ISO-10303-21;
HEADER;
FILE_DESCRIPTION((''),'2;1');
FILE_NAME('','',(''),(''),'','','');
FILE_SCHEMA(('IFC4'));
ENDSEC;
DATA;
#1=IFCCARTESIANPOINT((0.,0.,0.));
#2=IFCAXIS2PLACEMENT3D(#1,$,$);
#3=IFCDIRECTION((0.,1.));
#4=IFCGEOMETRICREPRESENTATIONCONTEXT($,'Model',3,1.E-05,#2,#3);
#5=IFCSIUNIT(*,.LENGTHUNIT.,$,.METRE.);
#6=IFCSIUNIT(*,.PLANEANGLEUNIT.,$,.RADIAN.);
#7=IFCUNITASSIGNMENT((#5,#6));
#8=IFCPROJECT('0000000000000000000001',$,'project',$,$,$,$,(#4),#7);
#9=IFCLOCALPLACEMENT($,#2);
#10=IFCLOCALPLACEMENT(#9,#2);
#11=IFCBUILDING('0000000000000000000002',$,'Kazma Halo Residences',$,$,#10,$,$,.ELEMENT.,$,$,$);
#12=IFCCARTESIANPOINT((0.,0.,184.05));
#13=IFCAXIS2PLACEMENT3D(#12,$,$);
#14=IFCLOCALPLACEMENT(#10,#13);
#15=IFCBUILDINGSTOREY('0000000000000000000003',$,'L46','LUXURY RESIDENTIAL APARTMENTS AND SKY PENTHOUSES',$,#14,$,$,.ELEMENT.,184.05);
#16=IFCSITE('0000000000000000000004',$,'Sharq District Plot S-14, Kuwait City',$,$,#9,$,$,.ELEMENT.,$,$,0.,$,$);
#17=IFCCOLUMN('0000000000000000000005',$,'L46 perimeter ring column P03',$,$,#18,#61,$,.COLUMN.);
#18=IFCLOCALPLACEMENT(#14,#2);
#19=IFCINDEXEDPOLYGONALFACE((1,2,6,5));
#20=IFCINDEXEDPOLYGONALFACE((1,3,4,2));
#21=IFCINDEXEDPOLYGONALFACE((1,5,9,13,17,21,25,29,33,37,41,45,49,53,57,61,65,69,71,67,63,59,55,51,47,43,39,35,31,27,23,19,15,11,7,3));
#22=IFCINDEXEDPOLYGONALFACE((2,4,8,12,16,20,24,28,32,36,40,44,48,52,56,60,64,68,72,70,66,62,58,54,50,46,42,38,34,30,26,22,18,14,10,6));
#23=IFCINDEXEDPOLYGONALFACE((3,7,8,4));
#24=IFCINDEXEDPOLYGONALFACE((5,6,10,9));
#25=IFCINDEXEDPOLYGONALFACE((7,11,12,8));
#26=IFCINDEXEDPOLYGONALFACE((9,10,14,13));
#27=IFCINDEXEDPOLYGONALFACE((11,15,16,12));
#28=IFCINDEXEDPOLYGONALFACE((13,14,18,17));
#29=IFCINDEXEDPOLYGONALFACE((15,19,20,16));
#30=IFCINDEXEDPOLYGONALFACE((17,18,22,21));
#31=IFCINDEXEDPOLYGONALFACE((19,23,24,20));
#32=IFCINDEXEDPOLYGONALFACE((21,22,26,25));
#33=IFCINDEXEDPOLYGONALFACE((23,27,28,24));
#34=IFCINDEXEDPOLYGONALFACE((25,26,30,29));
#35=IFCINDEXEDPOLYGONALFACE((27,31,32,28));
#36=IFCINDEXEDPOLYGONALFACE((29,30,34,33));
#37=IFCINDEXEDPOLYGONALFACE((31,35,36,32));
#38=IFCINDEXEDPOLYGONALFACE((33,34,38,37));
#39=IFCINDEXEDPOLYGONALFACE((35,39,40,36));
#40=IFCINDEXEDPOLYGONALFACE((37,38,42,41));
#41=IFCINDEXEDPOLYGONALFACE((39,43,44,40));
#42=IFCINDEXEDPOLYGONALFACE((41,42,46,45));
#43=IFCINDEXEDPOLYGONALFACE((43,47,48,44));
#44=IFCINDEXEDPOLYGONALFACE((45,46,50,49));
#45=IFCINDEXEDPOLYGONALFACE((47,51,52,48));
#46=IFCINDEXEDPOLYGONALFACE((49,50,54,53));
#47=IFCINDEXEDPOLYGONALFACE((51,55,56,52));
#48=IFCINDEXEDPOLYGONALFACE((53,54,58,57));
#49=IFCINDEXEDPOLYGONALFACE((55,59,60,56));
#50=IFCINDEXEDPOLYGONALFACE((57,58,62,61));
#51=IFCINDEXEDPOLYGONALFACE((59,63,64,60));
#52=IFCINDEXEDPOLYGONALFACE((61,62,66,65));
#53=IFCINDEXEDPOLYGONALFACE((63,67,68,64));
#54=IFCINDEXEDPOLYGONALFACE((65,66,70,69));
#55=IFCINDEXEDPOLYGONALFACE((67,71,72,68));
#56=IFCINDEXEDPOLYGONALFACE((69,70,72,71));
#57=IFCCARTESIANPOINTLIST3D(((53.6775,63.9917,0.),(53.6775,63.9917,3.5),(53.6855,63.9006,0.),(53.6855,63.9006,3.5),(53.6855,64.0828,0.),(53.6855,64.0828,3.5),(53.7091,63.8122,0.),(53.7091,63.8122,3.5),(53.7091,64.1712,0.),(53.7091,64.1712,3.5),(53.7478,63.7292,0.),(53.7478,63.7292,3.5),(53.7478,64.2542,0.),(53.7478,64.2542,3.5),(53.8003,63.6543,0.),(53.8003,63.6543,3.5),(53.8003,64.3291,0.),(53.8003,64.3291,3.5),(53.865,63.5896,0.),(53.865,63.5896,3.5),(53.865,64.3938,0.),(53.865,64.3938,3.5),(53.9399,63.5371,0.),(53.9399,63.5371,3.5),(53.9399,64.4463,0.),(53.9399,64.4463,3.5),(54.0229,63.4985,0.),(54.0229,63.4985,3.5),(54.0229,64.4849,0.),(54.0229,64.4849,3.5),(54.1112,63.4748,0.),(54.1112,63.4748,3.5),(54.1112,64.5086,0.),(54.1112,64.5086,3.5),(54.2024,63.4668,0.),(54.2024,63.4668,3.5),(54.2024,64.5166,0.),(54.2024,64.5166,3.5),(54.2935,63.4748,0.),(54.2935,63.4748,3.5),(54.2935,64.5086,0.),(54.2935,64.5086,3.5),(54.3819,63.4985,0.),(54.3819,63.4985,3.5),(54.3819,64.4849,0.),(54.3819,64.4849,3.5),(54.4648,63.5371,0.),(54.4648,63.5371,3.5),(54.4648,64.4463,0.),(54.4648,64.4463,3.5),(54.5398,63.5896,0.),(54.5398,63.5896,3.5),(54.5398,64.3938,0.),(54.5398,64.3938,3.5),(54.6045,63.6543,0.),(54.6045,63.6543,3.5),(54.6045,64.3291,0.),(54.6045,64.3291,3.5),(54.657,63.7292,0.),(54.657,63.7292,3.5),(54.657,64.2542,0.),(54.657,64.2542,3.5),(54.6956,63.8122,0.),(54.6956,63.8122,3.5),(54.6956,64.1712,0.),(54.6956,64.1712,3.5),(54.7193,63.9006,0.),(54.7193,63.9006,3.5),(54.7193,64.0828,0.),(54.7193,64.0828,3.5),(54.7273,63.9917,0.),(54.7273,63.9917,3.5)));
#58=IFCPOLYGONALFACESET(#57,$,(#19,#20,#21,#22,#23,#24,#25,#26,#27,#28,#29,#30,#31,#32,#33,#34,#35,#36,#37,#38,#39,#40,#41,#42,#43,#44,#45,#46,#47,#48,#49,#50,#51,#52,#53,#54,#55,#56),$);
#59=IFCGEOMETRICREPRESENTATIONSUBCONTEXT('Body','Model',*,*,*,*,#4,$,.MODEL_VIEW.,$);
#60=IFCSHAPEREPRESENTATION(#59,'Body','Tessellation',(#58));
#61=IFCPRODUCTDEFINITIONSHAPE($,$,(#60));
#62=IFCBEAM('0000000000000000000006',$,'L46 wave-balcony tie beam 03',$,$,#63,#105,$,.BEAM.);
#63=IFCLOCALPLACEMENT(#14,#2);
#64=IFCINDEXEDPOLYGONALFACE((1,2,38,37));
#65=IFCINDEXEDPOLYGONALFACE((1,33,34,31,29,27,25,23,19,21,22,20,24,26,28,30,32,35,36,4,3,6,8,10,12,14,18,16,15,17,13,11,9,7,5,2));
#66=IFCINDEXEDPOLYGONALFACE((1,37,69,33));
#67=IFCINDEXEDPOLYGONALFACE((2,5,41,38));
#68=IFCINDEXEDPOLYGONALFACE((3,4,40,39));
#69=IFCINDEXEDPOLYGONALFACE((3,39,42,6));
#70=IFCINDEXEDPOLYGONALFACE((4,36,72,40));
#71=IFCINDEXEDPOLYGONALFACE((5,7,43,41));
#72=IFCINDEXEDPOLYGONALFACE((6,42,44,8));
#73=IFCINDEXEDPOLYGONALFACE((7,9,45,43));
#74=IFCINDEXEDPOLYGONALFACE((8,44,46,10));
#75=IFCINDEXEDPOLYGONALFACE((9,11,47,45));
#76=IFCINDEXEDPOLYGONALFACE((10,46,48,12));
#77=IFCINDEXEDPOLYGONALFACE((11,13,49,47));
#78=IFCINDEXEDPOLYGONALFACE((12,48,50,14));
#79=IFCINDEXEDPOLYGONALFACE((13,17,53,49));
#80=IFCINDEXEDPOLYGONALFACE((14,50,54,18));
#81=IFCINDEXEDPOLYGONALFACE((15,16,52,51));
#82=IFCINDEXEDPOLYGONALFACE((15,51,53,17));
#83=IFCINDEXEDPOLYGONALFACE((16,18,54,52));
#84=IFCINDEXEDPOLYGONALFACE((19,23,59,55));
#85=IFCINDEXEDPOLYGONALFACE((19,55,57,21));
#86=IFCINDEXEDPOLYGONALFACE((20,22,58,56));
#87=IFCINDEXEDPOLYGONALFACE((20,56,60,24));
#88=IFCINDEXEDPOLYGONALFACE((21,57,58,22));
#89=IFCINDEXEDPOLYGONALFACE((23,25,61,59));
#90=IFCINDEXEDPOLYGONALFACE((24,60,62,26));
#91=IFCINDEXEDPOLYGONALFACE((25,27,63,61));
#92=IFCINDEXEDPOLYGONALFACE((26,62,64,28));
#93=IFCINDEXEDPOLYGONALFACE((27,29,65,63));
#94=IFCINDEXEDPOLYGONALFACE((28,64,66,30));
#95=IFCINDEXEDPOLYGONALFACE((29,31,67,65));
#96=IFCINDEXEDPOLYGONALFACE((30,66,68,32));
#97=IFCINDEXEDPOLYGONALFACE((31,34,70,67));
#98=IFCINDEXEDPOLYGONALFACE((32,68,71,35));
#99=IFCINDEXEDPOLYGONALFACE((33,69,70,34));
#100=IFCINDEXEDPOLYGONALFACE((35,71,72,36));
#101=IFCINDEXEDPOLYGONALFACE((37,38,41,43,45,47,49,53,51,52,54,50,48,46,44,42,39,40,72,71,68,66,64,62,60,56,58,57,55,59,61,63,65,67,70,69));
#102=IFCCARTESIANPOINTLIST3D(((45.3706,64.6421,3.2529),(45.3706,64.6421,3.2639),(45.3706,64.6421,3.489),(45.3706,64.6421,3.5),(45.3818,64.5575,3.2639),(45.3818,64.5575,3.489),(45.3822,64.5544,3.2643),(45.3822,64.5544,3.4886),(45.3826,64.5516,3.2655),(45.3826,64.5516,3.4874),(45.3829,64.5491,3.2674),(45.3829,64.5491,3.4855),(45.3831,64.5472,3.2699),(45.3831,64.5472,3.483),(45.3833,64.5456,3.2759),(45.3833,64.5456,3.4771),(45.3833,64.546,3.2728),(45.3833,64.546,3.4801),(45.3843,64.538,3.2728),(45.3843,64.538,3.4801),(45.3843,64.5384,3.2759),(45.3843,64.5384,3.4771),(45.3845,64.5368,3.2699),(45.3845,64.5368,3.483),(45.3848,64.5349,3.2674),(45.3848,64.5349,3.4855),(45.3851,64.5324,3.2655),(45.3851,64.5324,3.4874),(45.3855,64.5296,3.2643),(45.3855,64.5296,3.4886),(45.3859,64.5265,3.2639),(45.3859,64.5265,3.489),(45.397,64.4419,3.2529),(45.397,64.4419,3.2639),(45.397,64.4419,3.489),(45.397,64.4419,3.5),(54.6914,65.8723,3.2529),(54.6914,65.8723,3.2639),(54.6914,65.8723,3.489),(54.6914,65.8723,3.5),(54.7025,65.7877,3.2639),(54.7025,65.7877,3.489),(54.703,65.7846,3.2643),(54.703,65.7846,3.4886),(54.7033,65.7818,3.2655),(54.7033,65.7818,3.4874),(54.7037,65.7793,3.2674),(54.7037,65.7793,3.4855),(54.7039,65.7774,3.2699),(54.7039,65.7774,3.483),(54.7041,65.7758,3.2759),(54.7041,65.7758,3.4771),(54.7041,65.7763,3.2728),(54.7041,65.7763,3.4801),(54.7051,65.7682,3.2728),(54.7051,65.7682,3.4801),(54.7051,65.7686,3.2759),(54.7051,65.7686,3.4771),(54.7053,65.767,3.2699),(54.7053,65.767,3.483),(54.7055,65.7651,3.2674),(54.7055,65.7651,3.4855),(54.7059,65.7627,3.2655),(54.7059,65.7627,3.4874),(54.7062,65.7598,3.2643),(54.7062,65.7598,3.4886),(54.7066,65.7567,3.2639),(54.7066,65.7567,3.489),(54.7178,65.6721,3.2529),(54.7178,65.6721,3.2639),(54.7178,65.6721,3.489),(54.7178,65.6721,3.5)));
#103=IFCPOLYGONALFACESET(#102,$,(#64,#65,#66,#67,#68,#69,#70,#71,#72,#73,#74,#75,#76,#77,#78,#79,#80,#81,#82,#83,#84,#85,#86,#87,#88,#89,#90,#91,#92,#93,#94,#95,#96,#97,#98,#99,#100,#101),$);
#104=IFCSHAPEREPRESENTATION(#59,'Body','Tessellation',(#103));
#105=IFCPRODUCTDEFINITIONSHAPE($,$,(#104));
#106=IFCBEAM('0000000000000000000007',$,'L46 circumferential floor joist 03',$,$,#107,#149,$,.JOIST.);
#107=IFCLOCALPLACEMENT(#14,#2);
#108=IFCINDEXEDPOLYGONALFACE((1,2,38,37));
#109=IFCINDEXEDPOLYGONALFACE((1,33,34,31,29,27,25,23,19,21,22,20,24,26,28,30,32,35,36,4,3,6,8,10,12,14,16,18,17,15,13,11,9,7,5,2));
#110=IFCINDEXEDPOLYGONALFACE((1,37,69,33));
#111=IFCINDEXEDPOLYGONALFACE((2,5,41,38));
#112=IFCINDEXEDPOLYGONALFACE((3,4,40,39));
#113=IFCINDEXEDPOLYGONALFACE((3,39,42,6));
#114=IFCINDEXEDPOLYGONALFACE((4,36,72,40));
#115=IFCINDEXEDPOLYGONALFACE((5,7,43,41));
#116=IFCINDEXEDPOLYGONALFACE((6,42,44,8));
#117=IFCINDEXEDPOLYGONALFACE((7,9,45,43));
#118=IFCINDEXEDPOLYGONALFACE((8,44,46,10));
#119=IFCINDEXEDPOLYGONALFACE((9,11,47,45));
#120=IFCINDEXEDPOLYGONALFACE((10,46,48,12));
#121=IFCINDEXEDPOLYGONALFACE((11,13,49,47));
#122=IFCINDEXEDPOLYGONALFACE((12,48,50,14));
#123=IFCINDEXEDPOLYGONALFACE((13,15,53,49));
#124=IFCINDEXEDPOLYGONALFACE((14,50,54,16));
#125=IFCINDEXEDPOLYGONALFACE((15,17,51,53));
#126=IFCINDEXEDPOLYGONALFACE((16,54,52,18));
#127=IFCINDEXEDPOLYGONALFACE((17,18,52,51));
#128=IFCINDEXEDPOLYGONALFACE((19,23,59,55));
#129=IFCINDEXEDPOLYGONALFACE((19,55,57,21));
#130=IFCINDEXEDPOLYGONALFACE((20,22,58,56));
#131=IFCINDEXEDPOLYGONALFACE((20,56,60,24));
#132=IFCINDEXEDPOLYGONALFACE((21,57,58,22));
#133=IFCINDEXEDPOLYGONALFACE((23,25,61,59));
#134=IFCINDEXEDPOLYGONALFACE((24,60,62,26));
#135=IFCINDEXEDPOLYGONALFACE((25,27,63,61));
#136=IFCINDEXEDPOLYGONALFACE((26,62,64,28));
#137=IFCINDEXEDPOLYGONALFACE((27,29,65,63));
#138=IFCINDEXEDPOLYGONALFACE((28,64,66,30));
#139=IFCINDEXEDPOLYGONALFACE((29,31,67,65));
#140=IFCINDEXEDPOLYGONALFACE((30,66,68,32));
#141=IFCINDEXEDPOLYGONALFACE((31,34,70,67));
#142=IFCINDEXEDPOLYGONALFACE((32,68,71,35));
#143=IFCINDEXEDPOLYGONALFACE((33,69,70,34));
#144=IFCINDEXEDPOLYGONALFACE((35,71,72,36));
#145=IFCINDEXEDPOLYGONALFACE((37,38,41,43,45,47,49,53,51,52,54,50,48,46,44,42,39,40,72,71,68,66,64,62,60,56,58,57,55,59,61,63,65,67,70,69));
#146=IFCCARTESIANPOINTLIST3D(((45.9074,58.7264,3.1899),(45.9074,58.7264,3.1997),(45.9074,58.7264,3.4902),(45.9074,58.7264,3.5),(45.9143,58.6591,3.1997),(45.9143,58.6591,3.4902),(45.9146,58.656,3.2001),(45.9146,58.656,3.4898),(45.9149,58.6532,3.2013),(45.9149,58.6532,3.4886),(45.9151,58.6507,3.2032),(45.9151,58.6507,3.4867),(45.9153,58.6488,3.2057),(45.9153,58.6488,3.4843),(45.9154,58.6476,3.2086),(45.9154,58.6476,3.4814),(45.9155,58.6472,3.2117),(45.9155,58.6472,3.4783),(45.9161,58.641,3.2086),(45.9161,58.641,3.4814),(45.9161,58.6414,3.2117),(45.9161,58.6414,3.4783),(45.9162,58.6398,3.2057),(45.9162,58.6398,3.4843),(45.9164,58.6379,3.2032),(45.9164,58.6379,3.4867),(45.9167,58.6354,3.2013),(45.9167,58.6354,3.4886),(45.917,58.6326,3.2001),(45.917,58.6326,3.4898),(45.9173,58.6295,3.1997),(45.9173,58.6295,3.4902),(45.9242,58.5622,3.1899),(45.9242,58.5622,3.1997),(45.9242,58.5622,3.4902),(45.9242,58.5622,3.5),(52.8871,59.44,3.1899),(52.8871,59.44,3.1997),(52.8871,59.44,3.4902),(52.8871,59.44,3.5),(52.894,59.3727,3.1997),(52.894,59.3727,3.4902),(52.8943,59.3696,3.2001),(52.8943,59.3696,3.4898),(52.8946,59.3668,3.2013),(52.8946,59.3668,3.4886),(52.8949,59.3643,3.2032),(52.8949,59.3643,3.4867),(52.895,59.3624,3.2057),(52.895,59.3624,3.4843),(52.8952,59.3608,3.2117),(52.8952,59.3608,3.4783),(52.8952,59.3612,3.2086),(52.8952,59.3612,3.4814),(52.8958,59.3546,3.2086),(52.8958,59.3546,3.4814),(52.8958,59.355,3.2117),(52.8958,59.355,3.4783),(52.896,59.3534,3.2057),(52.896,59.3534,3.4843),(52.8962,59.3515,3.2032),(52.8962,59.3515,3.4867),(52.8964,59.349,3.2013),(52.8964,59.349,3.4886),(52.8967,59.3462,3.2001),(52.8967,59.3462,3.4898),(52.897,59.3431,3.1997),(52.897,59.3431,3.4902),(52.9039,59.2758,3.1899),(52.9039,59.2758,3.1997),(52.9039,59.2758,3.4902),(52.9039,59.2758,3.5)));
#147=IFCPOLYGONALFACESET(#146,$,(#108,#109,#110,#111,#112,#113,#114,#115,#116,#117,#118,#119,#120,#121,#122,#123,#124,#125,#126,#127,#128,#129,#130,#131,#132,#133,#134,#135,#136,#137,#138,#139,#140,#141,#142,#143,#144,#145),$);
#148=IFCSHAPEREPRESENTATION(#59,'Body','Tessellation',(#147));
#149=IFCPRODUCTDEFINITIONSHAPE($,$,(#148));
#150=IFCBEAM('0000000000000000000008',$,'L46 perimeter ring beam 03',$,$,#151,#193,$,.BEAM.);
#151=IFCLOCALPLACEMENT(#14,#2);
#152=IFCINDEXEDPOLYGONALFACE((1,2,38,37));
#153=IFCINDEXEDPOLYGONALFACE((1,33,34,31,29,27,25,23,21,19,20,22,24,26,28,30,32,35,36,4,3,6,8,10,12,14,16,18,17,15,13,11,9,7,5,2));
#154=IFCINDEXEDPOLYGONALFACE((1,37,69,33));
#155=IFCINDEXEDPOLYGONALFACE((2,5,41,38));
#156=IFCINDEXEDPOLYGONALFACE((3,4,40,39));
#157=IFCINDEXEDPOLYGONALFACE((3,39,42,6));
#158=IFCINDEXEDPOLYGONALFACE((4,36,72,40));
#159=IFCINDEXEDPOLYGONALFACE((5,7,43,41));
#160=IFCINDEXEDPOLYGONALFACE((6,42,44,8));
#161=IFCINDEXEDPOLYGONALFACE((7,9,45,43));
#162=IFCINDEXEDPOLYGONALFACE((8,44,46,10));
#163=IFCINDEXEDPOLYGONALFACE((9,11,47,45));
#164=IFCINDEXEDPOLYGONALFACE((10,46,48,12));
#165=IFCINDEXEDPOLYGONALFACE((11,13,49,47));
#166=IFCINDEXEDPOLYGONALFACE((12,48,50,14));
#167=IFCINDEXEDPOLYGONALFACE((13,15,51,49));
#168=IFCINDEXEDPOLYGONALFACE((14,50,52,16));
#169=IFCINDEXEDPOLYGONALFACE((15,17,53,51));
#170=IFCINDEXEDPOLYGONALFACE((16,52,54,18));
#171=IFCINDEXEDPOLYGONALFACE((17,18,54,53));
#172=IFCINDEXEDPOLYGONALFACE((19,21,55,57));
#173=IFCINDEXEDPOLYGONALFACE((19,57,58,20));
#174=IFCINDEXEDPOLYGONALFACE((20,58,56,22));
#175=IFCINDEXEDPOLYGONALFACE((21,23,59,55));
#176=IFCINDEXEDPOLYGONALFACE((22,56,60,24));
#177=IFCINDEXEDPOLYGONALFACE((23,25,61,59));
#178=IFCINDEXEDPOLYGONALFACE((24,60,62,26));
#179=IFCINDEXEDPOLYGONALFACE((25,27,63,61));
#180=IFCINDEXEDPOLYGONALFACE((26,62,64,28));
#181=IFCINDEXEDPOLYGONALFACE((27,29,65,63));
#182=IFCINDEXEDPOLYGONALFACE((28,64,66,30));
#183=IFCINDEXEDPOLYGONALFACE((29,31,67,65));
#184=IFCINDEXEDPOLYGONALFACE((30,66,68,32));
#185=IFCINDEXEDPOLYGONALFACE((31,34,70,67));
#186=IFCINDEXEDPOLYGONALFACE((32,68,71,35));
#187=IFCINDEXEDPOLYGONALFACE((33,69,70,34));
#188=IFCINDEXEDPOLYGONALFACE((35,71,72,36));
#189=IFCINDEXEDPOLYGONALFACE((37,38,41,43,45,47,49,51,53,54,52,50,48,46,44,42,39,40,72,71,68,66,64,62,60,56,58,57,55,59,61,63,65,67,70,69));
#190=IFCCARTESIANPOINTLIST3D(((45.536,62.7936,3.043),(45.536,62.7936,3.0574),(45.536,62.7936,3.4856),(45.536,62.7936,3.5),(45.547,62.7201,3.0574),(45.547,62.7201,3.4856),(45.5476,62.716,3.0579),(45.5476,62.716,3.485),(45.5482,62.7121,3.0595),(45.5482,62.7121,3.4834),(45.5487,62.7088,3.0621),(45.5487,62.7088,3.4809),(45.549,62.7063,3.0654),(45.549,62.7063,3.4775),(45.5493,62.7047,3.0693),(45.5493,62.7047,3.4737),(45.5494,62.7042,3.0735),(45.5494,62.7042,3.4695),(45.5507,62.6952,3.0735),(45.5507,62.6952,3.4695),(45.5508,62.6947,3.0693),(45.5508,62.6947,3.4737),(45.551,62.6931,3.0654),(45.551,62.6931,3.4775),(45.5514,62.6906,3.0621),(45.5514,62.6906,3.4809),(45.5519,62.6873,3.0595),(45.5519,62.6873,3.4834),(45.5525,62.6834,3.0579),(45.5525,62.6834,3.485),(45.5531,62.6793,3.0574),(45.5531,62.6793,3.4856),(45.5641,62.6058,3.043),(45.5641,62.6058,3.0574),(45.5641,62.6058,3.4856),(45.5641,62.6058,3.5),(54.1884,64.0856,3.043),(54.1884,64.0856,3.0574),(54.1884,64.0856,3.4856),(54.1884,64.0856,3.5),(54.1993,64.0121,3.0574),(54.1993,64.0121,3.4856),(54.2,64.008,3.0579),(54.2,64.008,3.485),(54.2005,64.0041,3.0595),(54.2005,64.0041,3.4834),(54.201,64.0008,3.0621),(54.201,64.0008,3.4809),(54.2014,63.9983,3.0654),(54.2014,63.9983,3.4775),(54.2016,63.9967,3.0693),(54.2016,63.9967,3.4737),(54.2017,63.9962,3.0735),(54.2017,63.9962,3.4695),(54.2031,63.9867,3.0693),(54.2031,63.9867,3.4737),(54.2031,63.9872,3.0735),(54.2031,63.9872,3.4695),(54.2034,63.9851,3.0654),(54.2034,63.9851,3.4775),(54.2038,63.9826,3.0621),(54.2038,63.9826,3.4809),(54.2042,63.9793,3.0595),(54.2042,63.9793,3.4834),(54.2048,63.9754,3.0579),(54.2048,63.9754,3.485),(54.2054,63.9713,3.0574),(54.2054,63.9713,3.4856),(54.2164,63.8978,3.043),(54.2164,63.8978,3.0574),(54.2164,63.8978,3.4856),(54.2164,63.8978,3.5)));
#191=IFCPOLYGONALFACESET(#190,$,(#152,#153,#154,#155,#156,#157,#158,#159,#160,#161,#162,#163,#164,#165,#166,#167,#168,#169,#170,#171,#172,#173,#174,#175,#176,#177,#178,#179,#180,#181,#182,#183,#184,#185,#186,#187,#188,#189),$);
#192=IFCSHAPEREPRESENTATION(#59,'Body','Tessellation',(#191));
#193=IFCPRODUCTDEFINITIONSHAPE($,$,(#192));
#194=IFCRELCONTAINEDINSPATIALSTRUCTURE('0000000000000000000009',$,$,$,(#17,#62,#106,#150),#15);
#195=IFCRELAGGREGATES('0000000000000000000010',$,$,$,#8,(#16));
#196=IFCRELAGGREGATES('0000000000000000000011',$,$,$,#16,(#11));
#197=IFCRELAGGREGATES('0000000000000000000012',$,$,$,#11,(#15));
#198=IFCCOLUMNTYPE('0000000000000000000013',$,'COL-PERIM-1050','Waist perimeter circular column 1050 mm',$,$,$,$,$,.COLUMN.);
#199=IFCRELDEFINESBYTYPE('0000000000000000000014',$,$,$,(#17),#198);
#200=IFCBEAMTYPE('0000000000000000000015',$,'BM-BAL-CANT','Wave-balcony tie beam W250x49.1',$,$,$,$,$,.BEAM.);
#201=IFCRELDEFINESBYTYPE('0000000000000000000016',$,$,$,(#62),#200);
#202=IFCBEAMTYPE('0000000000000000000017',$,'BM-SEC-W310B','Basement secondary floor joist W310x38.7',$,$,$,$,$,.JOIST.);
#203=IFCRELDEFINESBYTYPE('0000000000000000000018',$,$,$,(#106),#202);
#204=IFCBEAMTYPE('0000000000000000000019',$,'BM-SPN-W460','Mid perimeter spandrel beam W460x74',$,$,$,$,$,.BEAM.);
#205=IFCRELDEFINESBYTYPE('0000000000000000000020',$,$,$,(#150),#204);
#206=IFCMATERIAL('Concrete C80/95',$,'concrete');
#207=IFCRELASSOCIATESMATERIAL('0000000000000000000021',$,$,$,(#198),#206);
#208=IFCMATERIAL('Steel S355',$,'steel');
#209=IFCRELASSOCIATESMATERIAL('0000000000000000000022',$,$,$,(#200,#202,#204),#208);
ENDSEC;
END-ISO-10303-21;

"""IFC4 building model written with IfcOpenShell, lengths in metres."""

from ifc_helpers import new_model, si_unit, direction, frame, origin, origin_2d, place, context, subcontext, project, spatial, circle, i_section, extrude, material, material_profile, profile_set, type_object, element, save


model = new_model("IFC4")

# Units and contexts
model_context = context("Model", 3, precision=1e-05, world=origin(), true_north=direction((0.0, 1.0)))
body_context = subcontext(model_context, "Body", "Model", "MODEL_VIEW")
ifc_project = project(units=[si_unit("LENGTHUNIT", "METRE"), si_unit("PLANEANGLEUNIT", "RADIAN")], contexts=[model_context])

# Site, building, storey
site_placement = place(None, origin())
site = spatial("IfcSite", under=ifc_project, at=site_placement, Name="Sharq District Plot S-14, Kuwait City", CompositionType="ELEMENT", RefElevation=0.0)
building_placement = place(site_placement, origin())
building = spatial("IfcBuilding", under=site, at=building_placement, Name="Kazma Halo Residences", CompositionType="ELEMENT")
storey_placement = place(building_placement, frame((0.0, 0.0, 184.05)))
storey = spatial("IfcBuildingStorey", under=building, at=storey_placement, Name="L46", Description="LUXURY RESIDENTIAL APARTMENTS AND SKY PENTHOUSES", CompositionType="ELEMENT", Elevation=184.05)

# Column
ifc_material_1 = material(Name="Concrete C80/95", Category="concrete")
ifc_material_profile_1 = material_profile(ifc_material_1, circle(Radius=0.5249, at=origin_2d()), Name="CIRC1050")
ifc_profile_set_1 = profile_set([ifc_material_profile_1], Name="Concrete C80/95")
column_type = type_object("IfcColumnType", Name="COL-PERIM-1050", Description="Waist perimeter circular column 1050 mm", PredefinedType="COLUMN", material=ifc_profile_set_1)
column_placement = place(storey_placement, frame((54.2024, 63.9917, 0.0), z_axis=(0.0, 0.0, 1.0), x_axis=(1.0, 0.0, 0.0)))
element("IfcColumn", 1, at=column_placement, inside=storey, type_object=column_type, Name="L46 perimeter ring column P03", PredefinedType="COLUMN", context=body_context, shape_type="SweptSolid", body=[
    extrude(circle(Radius=0.5249, at=origin_2d()), origin(), (0.0, 0.0, 1.0), 3.5),
])

# Beams
ifc_material_2 = material(Name="Steel S355", Category="steel")
ifc_material_profile_2 = material_profile(ifc_material_2, i_section(OverallWidth=0.2019, OverallDepth=0.2471, WebThickness=0.0073, FlangeThickness=0.011, FilletRadius=0.012, at=origin_2d()), Name="W250x49.1")
ifc_profile_set_2 = profile_set([ifc_material_profile_2], Name="Steel S355")
beam_type_1 = type_object("IfcBeamType", Name="BM-BAL-CANT", Description="Wave-balcony tie beam W250x49.1", PredefinedType="BEAM", material=ifc_profile_set_2)
beam_1_placement = place(storey_placement, frame((54.7046, 65.7722, 3.3765), z_axis=(-0.991402, -0.130852, 0.0), x_axis=(0.130852, -0.991402, 0.0)))
element("IfcBeam", 2, at=beam_1_placement, inside=storey, type_object=beam_type_1, Name="L46 wave-balcony tie beam 03", PredefinedType="BEAM", context=body_context, shape_type="SweptSolid", body=[
    extrude(i_section(OverallWidth=0.2019, OverallDepth=0.2471, WebThickness=0.0073, FlangeThickness=0.011, FilletRadius=0.012, at=origin_2d()), origin(), (0.0, 0.0, 1.0), 9.4016),
])
ifc_material_profile_3 = material_profile(ifc_material_2, i_section(OverallWidth=0.165, OverallDepth=0.3101, WebThickness=0.0059, FlangeThickness=0.0098, FilletRadius=0.012, at=origin_2d()), Name="W310x38.7")
ifc_profile_set_3 = profile_set([ifc_material_profile_3], Name="Steel S355")
beam_type_2 = type_object("IfcBeamType", Name="BM-SEC-W310B", Description="Basement secondary floor joist W310x38.7", PredefinedType="JOIST", material=ifc_profile_set_3)
beam_2_placement = place(storey_placement, frame((52.8955, 59.3579, 3.345), z_axis=(-0.994814, -0.101712, 0.0), x_axis=(0.101712, -0.994814, 0.0)))
element("IfcBeam", 3, at=beam_2_placement, inside=storey, type_object=beam_type_2, Name="L46 circumferential floor joist 03", PredefinedType="JOIST", context=body_context, shape_type="SweptSolid", body=[
    extrude(i_section(OverallWidth=0.165, OverallDepth=0.3101, WebThickness=0.0059, FlangeThickness=0.0098, FilletRadius=0.012, at=origin_2d()), origin(), (0.0, 0.0, 1.0), 7.0161),
])
ifc_material_profile_4 = material_profile(ifc_material_2, i_section(OverallWidth=0.1899, OverallDepth=0.457, WebThickness=0.009, FlangeThickness=0.0144, FilletRadius=0.0161, at=origin_2d()), Name="W460x74")
ifc_profile_set_4 = profile_set([ifc_material_profile_4], Name="Steel S355")
beam_type_3 = type_object("IfcBeamType", Name="BM-SPN-W460", Description="Mid perimeter spandrel beam W460x74", PredefinedType="BEAM", material=ifc_profile_set_4)
beam_3_placement = place(storey_placement, frame((54.2024, 63.9917, 3.2715), z_axis=(-0.989034, -0.147685, 0.0), x_axis=(0.147685, -0.989034, 0.0)))
element("IfcBeam", 4, at=beam_3_placement, inside=storey, type_object=beam_type_3, Name="L46 perimeter ring beam 03", PredefinedType="BEAM", context=body_context, shape_type="SweptSolid", body=[
    extrude(i_section(OverallWidth=0.1899, OverallDepth=0.457, WebThickness=0.009, FlangeThickness=0.0144, FilletRadius=0.0161, at=origin_2d()), origin(), (0.0, 0.0, 1.0), 8.7483),
])

save(model, "model.ifc")
